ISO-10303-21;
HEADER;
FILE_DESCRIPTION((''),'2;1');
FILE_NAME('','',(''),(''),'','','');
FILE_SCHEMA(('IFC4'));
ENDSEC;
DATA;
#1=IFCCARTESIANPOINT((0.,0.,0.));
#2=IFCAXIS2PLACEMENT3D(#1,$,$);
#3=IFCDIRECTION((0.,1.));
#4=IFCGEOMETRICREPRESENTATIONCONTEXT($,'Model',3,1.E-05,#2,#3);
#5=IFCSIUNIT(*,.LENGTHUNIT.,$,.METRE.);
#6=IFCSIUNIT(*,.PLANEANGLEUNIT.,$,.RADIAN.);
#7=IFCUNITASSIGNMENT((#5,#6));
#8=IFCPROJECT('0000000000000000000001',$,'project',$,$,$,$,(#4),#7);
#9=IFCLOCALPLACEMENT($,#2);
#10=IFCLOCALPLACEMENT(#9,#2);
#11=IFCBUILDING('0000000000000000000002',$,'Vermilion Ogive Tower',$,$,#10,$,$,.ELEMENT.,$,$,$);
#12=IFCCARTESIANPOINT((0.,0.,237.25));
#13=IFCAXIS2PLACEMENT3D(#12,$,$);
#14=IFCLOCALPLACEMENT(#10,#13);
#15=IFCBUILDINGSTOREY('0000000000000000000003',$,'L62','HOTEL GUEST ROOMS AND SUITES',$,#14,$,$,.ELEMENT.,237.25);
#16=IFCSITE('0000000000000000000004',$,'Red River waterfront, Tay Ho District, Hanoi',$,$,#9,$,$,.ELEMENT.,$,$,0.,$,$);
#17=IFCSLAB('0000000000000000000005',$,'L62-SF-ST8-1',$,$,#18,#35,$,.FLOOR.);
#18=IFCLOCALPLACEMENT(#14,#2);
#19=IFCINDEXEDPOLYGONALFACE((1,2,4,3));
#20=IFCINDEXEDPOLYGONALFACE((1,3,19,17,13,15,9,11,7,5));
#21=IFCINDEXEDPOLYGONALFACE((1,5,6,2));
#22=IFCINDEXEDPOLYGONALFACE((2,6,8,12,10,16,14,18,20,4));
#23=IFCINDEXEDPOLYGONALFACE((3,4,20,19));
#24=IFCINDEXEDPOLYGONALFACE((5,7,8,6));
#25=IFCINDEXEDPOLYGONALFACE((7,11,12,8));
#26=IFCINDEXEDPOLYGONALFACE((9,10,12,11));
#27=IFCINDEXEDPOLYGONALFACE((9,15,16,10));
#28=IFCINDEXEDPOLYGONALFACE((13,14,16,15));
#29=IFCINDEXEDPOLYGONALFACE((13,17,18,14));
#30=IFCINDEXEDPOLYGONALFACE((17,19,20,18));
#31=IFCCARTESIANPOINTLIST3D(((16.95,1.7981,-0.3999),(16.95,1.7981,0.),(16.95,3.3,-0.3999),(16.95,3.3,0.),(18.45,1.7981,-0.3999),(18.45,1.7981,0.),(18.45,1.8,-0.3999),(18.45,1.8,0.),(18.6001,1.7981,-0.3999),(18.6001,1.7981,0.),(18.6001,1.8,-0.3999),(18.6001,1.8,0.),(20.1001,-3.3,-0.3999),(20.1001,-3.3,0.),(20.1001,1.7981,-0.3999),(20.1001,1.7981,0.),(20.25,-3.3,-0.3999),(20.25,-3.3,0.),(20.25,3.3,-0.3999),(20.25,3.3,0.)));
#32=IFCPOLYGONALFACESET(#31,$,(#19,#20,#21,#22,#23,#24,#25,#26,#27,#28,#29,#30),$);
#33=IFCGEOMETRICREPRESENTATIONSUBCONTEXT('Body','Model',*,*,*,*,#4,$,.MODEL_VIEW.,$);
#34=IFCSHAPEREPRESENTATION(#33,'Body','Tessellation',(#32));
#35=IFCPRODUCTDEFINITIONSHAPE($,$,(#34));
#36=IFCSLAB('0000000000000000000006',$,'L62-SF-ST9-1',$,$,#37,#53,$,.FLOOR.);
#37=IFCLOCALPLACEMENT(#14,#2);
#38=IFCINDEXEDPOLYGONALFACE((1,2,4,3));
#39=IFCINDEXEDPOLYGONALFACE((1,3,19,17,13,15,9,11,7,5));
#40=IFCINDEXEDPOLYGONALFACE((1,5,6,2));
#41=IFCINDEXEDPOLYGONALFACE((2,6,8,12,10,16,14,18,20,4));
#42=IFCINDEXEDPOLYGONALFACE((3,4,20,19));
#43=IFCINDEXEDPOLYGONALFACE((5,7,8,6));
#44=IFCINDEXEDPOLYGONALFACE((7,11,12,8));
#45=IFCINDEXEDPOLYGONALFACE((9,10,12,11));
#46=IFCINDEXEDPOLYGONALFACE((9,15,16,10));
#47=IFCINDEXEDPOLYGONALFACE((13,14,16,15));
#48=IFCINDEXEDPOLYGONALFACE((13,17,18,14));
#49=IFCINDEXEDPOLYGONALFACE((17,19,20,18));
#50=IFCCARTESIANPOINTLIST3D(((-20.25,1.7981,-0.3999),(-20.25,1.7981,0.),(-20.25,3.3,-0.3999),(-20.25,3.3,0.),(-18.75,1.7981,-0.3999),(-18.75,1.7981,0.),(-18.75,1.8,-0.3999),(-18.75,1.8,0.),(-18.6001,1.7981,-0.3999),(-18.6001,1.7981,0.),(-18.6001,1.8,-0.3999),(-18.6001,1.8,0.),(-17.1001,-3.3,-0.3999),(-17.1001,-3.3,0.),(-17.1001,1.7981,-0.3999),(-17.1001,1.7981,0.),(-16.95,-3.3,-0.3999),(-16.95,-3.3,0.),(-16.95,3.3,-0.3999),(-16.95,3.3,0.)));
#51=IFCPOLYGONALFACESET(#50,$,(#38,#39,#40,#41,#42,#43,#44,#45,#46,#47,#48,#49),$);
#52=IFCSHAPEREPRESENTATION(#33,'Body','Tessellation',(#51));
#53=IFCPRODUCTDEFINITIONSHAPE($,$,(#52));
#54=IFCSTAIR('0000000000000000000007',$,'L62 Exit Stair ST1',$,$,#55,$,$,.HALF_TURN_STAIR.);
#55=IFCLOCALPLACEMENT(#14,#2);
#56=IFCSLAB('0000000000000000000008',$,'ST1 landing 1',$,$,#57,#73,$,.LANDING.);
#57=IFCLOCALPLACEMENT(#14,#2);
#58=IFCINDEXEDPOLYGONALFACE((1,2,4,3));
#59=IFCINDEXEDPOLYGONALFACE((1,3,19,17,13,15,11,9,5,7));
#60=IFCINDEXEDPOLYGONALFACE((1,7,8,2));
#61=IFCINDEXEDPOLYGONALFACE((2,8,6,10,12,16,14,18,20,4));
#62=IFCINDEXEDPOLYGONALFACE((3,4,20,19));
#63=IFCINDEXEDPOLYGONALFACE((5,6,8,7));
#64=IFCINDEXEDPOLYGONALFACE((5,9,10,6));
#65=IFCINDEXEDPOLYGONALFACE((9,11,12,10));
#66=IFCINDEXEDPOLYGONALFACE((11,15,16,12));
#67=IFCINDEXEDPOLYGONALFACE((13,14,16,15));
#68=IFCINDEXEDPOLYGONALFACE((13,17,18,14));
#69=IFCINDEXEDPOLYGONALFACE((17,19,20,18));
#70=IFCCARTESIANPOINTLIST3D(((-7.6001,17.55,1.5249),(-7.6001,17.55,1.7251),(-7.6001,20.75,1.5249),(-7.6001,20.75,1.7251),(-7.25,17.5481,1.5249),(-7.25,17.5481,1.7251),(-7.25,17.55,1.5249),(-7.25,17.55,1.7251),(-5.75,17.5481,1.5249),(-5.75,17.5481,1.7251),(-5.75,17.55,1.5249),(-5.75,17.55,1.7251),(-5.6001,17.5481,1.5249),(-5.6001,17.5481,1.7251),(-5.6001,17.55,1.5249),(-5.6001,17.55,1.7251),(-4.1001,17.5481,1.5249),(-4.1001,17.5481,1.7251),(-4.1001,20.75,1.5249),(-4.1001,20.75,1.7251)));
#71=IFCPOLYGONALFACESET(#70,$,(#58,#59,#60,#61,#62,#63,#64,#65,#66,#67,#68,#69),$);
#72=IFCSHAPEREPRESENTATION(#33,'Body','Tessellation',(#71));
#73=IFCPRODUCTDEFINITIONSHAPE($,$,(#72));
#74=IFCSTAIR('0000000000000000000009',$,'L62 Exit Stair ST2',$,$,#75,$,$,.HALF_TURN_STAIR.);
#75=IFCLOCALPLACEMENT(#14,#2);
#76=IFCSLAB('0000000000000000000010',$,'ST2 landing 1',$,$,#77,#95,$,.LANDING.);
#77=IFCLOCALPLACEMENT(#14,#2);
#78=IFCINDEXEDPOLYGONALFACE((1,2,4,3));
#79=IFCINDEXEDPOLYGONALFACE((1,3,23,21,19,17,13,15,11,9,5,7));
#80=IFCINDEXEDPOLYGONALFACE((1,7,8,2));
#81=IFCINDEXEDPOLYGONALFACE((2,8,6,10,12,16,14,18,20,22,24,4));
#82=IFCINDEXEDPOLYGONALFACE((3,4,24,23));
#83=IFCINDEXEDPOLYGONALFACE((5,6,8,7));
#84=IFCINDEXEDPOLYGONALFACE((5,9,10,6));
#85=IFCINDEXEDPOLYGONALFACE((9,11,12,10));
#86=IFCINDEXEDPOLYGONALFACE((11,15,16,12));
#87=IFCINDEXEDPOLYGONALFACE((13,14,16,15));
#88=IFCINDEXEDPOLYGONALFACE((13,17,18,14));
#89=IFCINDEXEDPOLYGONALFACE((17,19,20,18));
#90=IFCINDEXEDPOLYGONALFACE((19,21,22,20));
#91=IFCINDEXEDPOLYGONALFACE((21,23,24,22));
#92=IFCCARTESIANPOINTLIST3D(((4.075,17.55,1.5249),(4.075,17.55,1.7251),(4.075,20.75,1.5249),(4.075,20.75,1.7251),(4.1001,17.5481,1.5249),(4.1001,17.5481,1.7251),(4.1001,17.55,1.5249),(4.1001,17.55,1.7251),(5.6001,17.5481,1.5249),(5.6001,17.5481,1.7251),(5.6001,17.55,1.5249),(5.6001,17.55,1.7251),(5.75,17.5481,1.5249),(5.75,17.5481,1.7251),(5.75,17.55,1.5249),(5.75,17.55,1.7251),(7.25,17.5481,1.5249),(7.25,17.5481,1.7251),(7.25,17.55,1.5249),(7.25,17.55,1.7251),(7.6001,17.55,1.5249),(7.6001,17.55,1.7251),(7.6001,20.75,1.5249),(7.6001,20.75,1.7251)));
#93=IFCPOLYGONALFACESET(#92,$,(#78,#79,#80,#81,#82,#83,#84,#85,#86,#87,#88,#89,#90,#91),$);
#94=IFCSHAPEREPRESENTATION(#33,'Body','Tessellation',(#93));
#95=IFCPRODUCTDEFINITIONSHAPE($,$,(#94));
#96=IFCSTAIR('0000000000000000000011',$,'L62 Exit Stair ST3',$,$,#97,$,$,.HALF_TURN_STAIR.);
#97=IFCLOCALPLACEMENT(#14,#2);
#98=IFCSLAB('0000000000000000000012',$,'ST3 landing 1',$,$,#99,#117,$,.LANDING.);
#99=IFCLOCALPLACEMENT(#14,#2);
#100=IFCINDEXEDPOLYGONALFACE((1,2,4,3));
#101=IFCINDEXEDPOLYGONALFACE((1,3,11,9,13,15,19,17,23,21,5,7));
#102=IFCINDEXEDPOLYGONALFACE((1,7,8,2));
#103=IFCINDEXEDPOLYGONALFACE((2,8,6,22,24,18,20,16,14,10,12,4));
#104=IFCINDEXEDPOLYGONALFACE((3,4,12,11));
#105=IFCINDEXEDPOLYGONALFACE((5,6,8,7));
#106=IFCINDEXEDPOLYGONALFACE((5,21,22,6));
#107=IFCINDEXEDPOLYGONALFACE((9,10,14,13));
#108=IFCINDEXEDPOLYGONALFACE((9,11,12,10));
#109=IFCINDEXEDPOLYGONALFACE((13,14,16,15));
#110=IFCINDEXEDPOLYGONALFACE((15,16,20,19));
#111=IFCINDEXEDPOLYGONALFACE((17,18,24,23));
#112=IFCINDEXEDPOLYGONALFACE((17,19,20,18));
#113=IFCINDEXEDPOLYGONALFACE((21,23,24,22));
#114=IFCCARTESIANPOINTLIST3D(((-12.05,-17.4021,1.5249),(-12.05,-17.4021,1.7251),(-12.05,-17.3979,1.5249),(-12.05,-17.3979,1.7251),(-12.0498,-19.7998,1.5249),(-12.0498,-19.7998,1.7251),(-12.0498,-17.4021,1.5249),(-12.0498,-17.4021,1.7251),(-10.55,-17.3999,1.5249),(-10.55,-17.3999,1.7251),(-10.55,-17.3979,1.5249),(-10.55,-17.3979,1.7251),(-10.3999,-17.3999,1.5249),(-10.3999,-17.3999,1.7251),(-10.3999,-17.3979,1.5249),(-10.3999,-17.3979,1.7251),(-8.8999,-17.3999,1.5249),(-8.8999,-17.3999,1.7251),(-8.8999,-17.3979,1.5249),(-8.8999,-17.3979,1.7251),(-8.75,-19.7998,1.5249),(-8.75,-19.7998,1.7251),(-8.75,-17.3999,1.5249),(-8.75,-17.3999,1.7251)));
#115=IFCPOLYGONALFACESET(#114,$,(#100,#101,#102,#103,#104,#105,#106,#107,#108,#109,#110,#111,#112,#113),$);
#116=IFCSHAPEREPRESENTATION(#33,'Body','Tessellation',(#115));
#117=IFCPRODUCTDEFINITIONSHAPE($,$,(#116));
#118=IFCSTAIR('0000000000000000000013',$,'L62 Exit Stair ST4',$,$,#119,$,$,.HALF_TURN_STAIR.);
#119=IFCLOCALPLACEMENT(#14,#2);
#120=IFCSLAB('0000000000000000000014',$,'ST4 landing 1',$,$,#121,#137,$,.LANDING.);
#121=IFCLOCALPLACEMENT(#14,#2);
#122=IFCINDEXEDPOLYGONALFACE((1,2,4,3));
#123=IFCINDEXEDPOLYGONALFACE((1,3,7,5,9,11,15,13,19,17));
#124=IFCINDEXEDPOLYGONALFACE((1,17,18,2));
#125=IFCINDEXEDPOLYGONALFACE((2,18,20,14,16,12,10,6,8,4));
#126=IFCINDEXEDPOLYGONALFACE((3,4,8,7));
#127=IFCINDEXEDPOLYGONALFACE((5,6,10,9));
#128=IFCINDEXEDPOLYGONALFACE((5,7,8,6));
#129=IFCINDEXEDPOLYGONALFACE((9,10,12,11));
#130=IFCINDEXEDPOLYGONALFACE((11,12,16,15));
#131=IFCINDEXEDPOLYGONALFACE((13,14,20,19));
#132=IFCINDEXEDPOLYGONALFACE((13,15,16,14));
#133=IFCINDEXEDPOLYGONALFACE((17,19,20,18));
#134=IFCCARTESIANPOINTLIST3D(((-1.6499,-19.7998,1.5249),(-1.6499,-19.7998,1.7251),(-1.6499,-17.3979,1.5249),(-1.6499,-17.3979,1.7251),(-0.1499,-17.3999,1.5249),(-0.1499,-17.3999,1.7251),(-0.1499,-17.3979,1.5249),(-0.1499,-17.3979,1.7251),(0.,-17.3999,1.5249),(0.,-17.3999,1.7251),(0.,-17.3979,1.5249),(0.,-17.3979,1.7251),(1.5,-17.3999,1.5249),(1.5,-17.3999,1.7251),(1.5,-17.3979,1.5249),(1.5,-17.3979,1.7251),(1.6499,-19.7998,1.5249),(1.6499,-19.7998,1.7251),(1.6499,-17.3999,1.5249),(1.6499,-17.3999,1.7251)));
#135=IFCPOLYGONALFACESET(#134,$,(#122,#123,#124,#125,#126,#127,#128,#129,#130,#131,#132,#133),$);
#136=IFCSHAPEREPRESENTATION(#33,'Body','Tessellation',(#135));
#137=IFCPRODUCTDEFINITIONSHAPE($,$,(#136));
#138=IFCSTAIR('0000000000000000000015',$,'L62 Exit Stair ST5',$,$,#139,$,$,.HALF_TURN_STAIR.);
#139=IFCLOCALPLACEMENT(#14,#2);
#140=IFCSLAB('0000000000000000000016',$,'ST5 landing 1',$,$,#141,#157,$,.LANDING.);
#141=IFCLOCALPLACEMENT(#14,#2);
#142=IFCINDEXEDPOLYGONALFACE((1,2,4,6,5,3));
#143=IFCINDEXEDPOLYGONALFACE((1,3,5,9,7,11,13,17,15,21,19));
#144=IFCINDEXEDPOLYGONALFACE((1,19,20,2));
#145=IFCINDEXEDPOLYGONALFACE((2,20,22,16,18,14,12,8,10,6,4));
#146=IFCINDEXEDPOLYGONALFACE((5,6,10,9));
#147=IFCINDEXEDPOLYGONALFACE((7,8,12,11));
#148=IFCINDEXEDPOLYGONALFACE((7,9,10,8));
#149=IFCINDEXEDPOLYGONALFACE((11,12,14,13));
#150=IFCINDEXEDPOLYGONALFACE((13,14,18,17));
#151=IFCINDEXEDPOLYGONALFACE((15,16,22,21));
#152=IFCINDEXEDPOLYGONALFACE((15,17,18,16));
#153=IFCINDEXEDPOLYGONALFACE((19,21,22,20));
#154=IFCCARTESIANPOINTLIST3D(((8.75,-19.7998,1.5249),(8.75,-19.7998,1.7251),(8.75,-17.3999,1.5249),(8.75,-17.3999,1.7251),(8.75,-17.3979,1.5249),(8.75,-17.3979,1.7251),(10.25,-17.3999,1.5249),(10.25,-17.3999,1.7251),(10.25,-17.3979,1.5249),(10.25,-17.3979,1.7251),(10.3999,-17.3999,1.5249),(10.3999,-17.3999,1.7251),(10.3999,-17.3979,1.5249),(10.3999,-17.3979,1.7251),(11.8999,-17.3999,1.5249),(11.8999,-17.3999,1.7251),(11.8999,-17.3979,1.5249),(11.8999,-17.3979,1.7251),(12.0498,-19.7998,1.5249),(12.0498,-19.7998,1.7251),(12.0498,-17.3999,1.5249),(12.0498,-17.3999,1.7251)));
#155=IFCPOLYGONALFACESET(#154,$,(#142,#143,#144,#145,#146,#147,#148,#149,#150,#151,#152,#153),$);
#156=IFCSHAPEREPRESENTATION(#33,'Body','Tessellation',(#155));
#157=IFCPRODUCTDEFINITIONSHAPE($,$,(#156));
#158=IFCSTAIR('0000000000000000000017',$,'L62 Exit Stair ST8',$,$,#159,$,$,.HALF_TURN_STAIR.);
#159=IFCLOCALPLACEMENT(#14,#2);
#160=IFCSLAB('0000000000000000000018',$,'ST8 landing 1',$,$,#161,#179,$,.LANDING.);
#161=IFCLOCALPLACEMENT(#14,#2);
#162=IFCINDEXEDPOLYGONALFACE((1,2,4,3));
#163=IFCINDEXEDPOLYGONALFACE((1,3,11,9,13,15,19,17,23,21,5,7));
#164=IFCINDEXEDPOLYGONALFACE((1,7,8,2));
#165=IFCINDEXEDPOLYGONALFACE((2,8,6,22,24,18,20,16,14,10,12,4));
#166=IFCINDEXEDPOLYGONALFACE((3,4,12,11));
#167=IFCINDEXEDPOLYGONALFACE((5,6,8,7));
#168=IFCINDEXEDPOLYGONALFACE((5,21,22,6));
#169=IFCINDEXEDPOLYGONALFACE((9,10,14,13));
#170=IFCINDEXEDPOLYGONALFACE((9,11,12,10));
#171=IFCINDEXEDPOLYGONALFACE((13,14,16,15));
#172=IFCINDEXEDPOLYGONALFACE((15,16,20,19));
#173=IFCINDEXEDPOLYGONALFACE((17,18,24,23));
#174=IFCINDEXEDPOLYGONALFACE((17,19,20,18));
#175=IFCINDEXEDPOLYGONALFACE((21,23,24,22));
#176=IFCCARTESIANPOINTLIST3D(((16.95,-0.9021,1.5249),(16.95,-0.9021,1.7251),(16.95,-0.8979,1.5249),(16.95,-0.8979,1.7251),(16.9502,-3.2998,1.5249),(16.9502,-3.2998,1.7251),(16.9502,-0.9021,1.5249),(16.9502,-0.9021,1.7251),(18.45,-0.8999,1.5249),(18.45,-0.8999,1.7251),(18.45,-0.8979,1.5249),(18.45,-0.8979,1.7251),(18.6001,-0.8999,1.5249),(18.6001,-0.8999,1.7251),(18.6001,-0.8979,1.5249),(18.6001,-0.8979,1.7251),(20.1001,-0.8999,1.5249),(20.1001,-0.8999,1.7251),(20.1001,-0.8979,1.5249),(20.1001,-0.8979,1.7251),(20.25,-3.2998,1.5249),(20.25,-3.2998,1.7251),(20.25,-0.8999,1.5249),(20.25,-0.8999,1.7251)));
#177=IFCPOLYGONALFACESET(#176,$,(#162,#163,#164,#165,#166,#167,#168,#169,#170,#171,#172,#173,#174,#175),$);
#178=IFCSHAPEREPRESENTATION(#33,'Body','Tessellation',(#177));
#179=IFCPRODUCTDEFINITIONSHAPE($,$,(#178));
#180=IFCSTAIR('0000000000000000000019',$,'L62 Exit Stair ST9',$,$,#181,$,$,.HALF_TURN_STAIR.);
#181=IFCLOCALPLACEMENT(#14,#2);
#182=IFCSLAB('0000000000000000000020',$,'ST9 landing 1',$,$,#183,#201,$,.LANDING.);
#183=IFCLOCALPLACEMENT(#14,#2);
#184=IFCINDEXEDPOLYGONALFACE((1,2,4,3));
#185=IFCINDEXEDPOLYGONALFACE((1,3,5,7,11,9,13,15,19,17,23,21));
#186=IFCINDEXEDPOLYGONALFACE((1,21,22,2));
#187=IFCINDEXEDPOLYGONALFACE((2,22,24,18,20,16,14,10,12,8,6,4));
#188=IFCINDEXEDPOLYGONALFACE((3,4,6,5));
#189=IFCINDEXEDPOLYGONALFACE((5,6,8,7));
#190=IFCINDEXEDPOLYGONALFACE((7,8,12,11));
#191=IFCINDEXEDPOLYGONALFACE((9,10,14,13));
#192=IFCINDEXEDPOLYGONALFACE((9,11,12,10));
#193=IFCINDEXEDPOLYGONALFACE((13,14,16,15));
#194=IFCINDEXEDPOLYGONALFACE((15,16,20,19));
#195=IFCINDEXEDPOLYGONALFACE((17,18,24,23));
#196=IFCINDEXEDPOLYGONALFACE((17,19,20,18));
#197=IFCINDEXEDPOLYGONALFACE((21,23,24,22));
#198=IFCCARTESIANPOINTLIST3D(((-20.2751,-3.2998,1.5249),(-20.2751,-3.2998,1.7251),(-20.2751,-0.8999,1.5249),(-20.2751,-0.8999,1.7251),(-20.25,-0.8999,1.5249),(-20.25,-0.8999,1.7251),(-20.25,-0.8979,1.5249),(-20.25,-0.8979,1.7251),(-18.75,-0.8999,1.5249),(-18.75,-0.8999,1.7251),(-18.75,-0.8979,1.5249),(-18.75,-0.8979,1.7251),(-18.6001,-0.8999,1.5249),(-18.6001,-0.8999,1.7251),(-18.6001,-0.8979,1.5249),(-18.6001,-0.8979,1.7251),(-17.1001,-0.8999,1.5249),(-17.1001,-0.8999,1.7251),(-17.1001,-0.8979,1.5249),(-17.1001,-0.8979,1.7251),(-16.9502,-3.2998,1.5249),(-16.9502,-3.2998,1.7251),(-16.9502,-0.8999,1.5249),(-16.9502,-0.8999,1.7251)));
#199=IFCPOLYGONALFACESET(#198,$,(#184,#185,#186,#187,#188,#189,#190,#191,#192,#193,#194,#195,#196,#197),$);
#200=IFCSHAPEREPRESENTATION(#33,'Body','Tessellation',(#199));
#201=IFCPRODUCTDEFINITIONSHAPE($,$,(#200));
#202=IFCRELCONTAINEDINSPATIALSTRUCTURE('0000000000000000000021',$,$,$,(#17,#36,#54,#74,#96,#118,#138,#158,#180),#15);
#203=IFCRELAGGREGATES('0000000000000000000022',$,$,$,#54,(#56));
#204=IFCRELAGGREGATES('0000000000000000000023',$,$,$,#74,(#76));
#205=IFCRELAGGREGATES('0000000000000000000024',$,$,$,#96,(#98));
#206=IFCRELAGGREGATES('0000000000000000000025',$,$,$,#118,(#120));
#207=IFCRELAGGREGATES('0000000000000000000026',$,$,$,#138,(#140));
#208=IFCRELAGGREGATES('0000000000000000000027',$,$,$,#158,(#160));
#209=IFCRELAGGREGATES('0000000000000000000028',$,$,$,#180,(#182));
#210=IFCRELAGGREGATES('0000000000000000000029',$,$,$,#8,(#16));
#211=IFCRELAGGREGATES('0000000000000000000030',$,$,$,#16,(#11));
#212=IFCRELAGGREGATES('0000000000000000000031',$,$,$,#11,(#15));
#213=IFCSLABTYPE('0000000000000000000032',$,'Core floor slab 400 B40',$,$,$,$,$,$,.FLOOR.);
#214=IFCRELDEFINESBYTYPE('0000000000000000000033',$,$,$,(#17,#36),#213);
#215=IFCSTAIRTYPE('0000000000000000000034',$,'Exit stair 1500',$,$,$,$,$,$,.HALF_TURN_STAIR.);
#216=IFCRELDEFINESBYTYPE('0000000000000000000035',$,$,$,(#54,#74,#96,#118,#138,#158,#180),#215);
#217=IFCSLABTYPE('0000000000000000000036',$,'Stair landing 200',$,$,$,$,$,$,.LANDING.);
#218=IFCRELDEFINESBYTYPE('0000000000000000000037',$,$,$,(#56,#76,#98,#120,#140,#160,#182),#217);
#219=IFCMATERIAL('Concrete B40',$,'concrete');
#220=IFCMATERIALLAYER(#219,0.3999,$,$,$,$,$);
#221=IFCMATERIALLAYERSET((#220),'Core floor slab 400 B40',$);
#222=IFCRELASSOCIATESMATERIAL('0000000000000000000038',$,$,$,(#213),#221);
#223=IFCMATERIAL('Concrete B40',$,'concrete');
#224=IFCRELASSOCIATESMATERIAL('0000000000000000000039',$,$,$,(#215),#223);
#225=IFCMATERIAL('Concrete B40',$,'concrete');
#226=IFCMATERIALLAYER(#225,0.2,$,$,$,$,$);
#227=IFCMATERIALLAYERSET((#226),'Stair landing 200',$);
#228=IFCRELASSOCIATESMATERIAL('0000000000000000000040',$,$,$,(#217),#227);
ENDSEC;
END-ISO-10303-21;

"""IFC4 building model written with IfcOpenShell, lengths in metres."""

from ifc_helpers import new_model, si_unit, direction, frame, origin, place, context, subcontext, project, spatial, polyline, outline, extrude, material, layer, layer_set, type_object, element, aggregate, save


model = new_model("IFC4")

# Units and contexts
model_context = context("Model", 3, precision=1e-05, world=origin(), true_north=direction((0.0, 1.0)))
body_context = subcontext(model_context, "Body", "Model", "MODEL_VIEW")
ifc_project = project(units=[si_unit("LENGTHUNIT", "METRE"), si_unit("PLANEANGLEUNIT", "RADIAN")], contexts=[model_context])

# Site, building, storey
site_placement = place(None, origin())
site = spatial("IfcSite", under=ifc_project, at=site_placement, Name="Red River waterfront, Tay Ho District, Hanoi", CompositionType="ELEMENT", RefElevation=0.0)
building_placement = place(site_placement, origin())
building = spatial("IfcBuilding", under=site, at=building_placement, Name="Vermilion Ogive Tower", CompositionType="ELEMENT")
storey_placement = place(building_placement, frame((0.0, 0.0, 237.25)))
storey = spatial("IfcBuildingStorey", under=building, at=storey_placement, Name="L62", Description="HOTEL GUEST ROOMS AND SUITES", CompositionType="ELEMENT", Elevation=237.25)

# Slabs
ifc_material_1 = material(Name="Concrete B40", Category="concrete")
ifc_layer_1 = layer(ifc_material_1, 0.3999)
ifc_layer_set_1 = layer_set([ifc_layer_1], Name="Core floor slab 400 B40")
slab_type_1 = type_object("IfcSlabType", Name="Core floor slab 400 B40", PredefinedType="FLOOR", material=ifc_layer_set_1)
slab_1_placement = place(storey_placement, frame((0.0, 0.0, -0.3999)))
element("IfcSlab", 1, at=slab_1_placement, inside=storey, type_object=slab_type_1, Name="L62-SF-ST8-1", PredefinedType="FLOOR", context=body_context, shape_type="SweptSolid", body=[
    extrude(outline(polyline([(16.95, 3.3), (16.95, 1.7981), (18.45, 1.7981), (18.45, 1.8), (18.6001, 1.8), (18.6001, 1.7981), (20.1001, 1.7981), (20.1001, -3.3), (20.25, -3.3), (20.25, 3.3), (16.95, 3.3)])), origin(), (0.0, 0.0, 1.0), 0.3999),
])
slab_2_placement = place(storey_placement, frame((0.0, 0.0, -0.3999)))
element("IfcSlab", 2, at=slab_2_placement, inside=storey, type_object=slab_type_1, Name="L62-SF-ST9-1", PredefinedType="FLOOR", context=body_context, shape_type="SweptSolid", body=[
    extrude(outline(polyline([(-20.25, 3.3), (-20.25, 1.7981), (-18.75, 1.7981), (-18.75, 1.8), (-18.6001, 1.8), (-18.6001, 1.7981), (-17.1001, 1.7981), (-17.1001, -3.3), (-16.95, -3.3), (-16.95, 3.3), (-20.25, 3.3)])), origin(), (0.0, 0.0, 1.0), 0.3999),
])

# Stairs, slabs
ifc_material_2 = material(Name="Concrete B40", Category="concrete")
stair_type = type_object("IfcStairType", Name="Exit stair 1500", PredefinedType="HALF_TURN_STAIR", material=ifc_material_2)
stair_1_placement = place(storey_placement, origin())
stair_1 = element("IfcStair", 3, at=stair_1_placement, inside=storey, type_object=stair_type, Name="L62 Exit Stair ST1", PredefinedType="HALF_TURN_STAIR")
ifc_material_3 = material(Name="Concrete B40", Category="concrete")
ifc_layer_2 = layer(ifc_material_3, 0.2)
ifc_layer_set_2 = layer_set([ifc_layer_2], Name="Stair landing 200")
slab_type_2 = type_object("IfcSlabType", Name="Stair landing 200", PredefinedType="LANDING", material=ifc_layer_set_2)
slab_3_placement = place(storey_placement, frame((0.0, 0.0, 1.5249)))
slab_3 = element("IfcSlab", 4, at=slab_3_placement, type_object=slab_type_2, Name="ST1 landing 1", PredefinedType="LANDING", context=body_context, shape_type="SweptSolid", body=[
    extrude(outline(polyline([(-7.6001, 17.55), (-7.25, 17.55), (-7.25, 17.5481), (-5.75, 17.5481), (-5.75, 17.55), (-5.6001, 17.55), (-5.6001, 17.5481), (-4.1001, 17.5481), (-4.1001, 20.75), (-7.6001, 20.75), (-7.6001, 17.55)])), origin(), (0.0, 0.0, 1.0), 0.2002),
])
aggregate(stair_1, [slab_3])
stair_2_placement = place(storey_placement, origin())
stair_2 = element("IfcStair", 5, at=stair_2_placement, inside=storey, type_object=stair_type, Name="L62 Exit Stair ST2", PredefinedType="HALF_TURN_STAIR")
slab_4_placement = place(storey_placement, frame((0.0, 0.0, 1.5249)))
slab_4 = element("IfcSlab", 6, at=slab_4_placement, type_object=slab_type_2, Name="ST2 landing 1", PredefinedType="LANDING", context=body_context, shape_type="SweptSolid", body=[
    extrude(outline(polyline([(5.6001, 17.55), (5.75, 17.55), (5.75, 17.5481), (7.25, 17.5481), (7.25, 17.55), (7.6001, 17.55), (7.6001, 20.75), (4.075, 20.75), (4.075, 17.55), (4.1001, 17.55), (4.1001, 17.5481), (5.6001, 17.5481), (5.6001, 17.55)])), origin(), (0.0, 0.0, 1.0), 0.2002),
])
aggregate(stair_2, [slab_4])
stair_3_placement = place(storey_placement, origin())
stair_3 = element("IfcStair", 7, at=stair_3_placement, inside=storey, type_object=stair_type, Name="L62 Exit Stair ST3", PredefinedType="HALF_TURN_STAIR")
slab_5_placement = place(storey_placement, frame((0.0, 0.0, 1.5249)))
slab_5 = element("IfcSlab", 8, at=slab_5_placement, type_object=slab_type_2, Name="ST3 landing 1", PredefinedType="LANDING", context=body_context, shape_type="SweptSolid", body=[
    extrude(outline(polyline([(-8.75, -17.3999), (-8.8999, -17.3999), (-8.8999, -17.3979), (-10.3999, -17.3979), (-10.3999, -17.3999), (-10.55, -17.3999), (-10.55, -17.3979), (-12.05, -17.3979), (-12.05, -17.4021), (-12.0498, -17.4021), (-12.0498, -19.7998), (-8.75, -19.7998), (-8.75, -17.3999)])), origin(), (0.0, 0.0, 1.0), 0.2002),
])
aggregate(stair_3, [slab_5])
stair_4_placement = place(storey_placement, origin())
stair_4 = element("IfcStair", 9, at=stair_4_placement, inside=storey, type_object=stair_type, Name="L62 Exit Stair ST4", PredefinedType="HALF_TURN_STAIR")
slab_6_placement = place(storey_placement, frame((0.0, 0.0, 1.5249)))
slab_6 = element("IfcSlab", 10, at=slab_6_placement, type_object=slab_type_2, Name="ST4 landing 1", PredefinedType="LANDING", context=body_context, shape_type="SweptSolid", body=[
    extrude(outline(polyline([(1.6499, -17.3999), (1.5, -17.3999), (1.5, -17.3979), (0.0, -17.3979), (0.0, -17.3999), (-0.1499, -17.3999), (-0.1499, -17.3979), (-1.6499, -17.3979), (-1.6499, -19.7998), (1.6499, -19.7998), (1.6499, -17.3999)])), origin(), (0.0, 0.0, 1.0), 0.2002),
])
aggregate(stair_4, [slab_6])
stair_5_placement = place(storey_placement, origin())
stair_5 = element("IfcStair", 11, at=stair_5_placement, inside=storey, type_object=stair_type, Name="L62 Exit Stair ST5", PredefinedType="HALF_TURN_STAIR")
slab_7_placement = place(storey_placement, frame((0.0, 0.0, 1.5249)))
slab_7 = element("IfcSlab", 12, at=slab_7_placement, type_object=slab_type_2, Name="ST5 landing 1", PredefinedType="LANDING", context=body_context, shape_type="SweptSolid", body=[
    extrude(outline(polyline([(12.0498, -17.3999), (11.8999, -17.3999), (11.8999, -17.3979), (10.3999, -17.3979), (10.3999, -17.3999), (10.25, -17.3999), (10.25, -17.3979), (8.75, -17.3979), (8.75, -17.3999), (8.75, -17.3999), (8.75, -19.7998), (12.0498, -19.7998), (12.0498, -17.3999)])), origin(), (0.0, 0.0, 1.0), 0.2002),
])
aggregate(stair_5, [slab_7])
stair_6_placement = place(storey_placement, origin())
stair_6 = element("IfcStair", 13, at=stair_6_placement, inside=storey, type_object=stair_type, Name="L62 Exit Stair ST8", PredefinedType="HALF_TURN_STAIR")
slab_8_placement = place(storey_placement, frame((0.0, 0.0, 1.5249)))
slab_8 = element("IfcSlab", 14, at=slab_8_placement, type_object=slab_type_2, Name="ST8 landing 1", PredefinedType="LANDING", context=body_context, shape_type="SweptSolid", body=[
    extrude(outline(polyline([(20.25, -0.8999), (20.1001, -0.8999), (20.1001, -0.8979), (18.6001, -0.8979), (18.6001, -0.8999), (18.45, -0.8999), (18.45, -0.8979), (16.95, -0.8979), (16.95, -0.9021), (16.9502, -0.9021), (16.9502, -3.2998), (20.25, -3.2998), (20.25, -0.8999)])), origin(), (0.0, 0.0, 1.0), 0.2002),
])
aggregate(stair_6, [slab_8])
stair_7_placement = place(storey_placement, origin())
stair_7 = element("IfcStair", 15, at=stair_7_placement, inside=storey, type_object=stair_type, Name="L62 Exit Stair ST9", PredefinedType="HALF_TURN_STAIR")
slab_9_placement = place(storey_placement, frame((0.0, 0.0, 1.5249)))
slab_9 = element("IfcSlab", 16, at=slab_9_placement, type_object=slab_type_2, Name="ST9 landing 1", PredefinedType="LANDING", context=body_context, shape_type="SweptSolid", body=[
    extrude(outline(polyline([(-16.9502, -0.8999), (-17.1001, -0.8999), (-17.1001, -0.8979), (-18.6001, -0.8979), (-18.6001, -0.8999), (-18.75, -0.8999), (-18.75, -0.8979), (-20.25, -0.8979), (-20.25, -0.8999), (-20.2751, -0.8999), (-20.2751, -3.2998), (-16.9502, -3.2998), (-16.9502, -0.8999)])), origin(), (0.0, 0.0, 1.0), 0.2002),
])
aggregate(stair_7, [slab_9])

save(model, "model.ifc")
